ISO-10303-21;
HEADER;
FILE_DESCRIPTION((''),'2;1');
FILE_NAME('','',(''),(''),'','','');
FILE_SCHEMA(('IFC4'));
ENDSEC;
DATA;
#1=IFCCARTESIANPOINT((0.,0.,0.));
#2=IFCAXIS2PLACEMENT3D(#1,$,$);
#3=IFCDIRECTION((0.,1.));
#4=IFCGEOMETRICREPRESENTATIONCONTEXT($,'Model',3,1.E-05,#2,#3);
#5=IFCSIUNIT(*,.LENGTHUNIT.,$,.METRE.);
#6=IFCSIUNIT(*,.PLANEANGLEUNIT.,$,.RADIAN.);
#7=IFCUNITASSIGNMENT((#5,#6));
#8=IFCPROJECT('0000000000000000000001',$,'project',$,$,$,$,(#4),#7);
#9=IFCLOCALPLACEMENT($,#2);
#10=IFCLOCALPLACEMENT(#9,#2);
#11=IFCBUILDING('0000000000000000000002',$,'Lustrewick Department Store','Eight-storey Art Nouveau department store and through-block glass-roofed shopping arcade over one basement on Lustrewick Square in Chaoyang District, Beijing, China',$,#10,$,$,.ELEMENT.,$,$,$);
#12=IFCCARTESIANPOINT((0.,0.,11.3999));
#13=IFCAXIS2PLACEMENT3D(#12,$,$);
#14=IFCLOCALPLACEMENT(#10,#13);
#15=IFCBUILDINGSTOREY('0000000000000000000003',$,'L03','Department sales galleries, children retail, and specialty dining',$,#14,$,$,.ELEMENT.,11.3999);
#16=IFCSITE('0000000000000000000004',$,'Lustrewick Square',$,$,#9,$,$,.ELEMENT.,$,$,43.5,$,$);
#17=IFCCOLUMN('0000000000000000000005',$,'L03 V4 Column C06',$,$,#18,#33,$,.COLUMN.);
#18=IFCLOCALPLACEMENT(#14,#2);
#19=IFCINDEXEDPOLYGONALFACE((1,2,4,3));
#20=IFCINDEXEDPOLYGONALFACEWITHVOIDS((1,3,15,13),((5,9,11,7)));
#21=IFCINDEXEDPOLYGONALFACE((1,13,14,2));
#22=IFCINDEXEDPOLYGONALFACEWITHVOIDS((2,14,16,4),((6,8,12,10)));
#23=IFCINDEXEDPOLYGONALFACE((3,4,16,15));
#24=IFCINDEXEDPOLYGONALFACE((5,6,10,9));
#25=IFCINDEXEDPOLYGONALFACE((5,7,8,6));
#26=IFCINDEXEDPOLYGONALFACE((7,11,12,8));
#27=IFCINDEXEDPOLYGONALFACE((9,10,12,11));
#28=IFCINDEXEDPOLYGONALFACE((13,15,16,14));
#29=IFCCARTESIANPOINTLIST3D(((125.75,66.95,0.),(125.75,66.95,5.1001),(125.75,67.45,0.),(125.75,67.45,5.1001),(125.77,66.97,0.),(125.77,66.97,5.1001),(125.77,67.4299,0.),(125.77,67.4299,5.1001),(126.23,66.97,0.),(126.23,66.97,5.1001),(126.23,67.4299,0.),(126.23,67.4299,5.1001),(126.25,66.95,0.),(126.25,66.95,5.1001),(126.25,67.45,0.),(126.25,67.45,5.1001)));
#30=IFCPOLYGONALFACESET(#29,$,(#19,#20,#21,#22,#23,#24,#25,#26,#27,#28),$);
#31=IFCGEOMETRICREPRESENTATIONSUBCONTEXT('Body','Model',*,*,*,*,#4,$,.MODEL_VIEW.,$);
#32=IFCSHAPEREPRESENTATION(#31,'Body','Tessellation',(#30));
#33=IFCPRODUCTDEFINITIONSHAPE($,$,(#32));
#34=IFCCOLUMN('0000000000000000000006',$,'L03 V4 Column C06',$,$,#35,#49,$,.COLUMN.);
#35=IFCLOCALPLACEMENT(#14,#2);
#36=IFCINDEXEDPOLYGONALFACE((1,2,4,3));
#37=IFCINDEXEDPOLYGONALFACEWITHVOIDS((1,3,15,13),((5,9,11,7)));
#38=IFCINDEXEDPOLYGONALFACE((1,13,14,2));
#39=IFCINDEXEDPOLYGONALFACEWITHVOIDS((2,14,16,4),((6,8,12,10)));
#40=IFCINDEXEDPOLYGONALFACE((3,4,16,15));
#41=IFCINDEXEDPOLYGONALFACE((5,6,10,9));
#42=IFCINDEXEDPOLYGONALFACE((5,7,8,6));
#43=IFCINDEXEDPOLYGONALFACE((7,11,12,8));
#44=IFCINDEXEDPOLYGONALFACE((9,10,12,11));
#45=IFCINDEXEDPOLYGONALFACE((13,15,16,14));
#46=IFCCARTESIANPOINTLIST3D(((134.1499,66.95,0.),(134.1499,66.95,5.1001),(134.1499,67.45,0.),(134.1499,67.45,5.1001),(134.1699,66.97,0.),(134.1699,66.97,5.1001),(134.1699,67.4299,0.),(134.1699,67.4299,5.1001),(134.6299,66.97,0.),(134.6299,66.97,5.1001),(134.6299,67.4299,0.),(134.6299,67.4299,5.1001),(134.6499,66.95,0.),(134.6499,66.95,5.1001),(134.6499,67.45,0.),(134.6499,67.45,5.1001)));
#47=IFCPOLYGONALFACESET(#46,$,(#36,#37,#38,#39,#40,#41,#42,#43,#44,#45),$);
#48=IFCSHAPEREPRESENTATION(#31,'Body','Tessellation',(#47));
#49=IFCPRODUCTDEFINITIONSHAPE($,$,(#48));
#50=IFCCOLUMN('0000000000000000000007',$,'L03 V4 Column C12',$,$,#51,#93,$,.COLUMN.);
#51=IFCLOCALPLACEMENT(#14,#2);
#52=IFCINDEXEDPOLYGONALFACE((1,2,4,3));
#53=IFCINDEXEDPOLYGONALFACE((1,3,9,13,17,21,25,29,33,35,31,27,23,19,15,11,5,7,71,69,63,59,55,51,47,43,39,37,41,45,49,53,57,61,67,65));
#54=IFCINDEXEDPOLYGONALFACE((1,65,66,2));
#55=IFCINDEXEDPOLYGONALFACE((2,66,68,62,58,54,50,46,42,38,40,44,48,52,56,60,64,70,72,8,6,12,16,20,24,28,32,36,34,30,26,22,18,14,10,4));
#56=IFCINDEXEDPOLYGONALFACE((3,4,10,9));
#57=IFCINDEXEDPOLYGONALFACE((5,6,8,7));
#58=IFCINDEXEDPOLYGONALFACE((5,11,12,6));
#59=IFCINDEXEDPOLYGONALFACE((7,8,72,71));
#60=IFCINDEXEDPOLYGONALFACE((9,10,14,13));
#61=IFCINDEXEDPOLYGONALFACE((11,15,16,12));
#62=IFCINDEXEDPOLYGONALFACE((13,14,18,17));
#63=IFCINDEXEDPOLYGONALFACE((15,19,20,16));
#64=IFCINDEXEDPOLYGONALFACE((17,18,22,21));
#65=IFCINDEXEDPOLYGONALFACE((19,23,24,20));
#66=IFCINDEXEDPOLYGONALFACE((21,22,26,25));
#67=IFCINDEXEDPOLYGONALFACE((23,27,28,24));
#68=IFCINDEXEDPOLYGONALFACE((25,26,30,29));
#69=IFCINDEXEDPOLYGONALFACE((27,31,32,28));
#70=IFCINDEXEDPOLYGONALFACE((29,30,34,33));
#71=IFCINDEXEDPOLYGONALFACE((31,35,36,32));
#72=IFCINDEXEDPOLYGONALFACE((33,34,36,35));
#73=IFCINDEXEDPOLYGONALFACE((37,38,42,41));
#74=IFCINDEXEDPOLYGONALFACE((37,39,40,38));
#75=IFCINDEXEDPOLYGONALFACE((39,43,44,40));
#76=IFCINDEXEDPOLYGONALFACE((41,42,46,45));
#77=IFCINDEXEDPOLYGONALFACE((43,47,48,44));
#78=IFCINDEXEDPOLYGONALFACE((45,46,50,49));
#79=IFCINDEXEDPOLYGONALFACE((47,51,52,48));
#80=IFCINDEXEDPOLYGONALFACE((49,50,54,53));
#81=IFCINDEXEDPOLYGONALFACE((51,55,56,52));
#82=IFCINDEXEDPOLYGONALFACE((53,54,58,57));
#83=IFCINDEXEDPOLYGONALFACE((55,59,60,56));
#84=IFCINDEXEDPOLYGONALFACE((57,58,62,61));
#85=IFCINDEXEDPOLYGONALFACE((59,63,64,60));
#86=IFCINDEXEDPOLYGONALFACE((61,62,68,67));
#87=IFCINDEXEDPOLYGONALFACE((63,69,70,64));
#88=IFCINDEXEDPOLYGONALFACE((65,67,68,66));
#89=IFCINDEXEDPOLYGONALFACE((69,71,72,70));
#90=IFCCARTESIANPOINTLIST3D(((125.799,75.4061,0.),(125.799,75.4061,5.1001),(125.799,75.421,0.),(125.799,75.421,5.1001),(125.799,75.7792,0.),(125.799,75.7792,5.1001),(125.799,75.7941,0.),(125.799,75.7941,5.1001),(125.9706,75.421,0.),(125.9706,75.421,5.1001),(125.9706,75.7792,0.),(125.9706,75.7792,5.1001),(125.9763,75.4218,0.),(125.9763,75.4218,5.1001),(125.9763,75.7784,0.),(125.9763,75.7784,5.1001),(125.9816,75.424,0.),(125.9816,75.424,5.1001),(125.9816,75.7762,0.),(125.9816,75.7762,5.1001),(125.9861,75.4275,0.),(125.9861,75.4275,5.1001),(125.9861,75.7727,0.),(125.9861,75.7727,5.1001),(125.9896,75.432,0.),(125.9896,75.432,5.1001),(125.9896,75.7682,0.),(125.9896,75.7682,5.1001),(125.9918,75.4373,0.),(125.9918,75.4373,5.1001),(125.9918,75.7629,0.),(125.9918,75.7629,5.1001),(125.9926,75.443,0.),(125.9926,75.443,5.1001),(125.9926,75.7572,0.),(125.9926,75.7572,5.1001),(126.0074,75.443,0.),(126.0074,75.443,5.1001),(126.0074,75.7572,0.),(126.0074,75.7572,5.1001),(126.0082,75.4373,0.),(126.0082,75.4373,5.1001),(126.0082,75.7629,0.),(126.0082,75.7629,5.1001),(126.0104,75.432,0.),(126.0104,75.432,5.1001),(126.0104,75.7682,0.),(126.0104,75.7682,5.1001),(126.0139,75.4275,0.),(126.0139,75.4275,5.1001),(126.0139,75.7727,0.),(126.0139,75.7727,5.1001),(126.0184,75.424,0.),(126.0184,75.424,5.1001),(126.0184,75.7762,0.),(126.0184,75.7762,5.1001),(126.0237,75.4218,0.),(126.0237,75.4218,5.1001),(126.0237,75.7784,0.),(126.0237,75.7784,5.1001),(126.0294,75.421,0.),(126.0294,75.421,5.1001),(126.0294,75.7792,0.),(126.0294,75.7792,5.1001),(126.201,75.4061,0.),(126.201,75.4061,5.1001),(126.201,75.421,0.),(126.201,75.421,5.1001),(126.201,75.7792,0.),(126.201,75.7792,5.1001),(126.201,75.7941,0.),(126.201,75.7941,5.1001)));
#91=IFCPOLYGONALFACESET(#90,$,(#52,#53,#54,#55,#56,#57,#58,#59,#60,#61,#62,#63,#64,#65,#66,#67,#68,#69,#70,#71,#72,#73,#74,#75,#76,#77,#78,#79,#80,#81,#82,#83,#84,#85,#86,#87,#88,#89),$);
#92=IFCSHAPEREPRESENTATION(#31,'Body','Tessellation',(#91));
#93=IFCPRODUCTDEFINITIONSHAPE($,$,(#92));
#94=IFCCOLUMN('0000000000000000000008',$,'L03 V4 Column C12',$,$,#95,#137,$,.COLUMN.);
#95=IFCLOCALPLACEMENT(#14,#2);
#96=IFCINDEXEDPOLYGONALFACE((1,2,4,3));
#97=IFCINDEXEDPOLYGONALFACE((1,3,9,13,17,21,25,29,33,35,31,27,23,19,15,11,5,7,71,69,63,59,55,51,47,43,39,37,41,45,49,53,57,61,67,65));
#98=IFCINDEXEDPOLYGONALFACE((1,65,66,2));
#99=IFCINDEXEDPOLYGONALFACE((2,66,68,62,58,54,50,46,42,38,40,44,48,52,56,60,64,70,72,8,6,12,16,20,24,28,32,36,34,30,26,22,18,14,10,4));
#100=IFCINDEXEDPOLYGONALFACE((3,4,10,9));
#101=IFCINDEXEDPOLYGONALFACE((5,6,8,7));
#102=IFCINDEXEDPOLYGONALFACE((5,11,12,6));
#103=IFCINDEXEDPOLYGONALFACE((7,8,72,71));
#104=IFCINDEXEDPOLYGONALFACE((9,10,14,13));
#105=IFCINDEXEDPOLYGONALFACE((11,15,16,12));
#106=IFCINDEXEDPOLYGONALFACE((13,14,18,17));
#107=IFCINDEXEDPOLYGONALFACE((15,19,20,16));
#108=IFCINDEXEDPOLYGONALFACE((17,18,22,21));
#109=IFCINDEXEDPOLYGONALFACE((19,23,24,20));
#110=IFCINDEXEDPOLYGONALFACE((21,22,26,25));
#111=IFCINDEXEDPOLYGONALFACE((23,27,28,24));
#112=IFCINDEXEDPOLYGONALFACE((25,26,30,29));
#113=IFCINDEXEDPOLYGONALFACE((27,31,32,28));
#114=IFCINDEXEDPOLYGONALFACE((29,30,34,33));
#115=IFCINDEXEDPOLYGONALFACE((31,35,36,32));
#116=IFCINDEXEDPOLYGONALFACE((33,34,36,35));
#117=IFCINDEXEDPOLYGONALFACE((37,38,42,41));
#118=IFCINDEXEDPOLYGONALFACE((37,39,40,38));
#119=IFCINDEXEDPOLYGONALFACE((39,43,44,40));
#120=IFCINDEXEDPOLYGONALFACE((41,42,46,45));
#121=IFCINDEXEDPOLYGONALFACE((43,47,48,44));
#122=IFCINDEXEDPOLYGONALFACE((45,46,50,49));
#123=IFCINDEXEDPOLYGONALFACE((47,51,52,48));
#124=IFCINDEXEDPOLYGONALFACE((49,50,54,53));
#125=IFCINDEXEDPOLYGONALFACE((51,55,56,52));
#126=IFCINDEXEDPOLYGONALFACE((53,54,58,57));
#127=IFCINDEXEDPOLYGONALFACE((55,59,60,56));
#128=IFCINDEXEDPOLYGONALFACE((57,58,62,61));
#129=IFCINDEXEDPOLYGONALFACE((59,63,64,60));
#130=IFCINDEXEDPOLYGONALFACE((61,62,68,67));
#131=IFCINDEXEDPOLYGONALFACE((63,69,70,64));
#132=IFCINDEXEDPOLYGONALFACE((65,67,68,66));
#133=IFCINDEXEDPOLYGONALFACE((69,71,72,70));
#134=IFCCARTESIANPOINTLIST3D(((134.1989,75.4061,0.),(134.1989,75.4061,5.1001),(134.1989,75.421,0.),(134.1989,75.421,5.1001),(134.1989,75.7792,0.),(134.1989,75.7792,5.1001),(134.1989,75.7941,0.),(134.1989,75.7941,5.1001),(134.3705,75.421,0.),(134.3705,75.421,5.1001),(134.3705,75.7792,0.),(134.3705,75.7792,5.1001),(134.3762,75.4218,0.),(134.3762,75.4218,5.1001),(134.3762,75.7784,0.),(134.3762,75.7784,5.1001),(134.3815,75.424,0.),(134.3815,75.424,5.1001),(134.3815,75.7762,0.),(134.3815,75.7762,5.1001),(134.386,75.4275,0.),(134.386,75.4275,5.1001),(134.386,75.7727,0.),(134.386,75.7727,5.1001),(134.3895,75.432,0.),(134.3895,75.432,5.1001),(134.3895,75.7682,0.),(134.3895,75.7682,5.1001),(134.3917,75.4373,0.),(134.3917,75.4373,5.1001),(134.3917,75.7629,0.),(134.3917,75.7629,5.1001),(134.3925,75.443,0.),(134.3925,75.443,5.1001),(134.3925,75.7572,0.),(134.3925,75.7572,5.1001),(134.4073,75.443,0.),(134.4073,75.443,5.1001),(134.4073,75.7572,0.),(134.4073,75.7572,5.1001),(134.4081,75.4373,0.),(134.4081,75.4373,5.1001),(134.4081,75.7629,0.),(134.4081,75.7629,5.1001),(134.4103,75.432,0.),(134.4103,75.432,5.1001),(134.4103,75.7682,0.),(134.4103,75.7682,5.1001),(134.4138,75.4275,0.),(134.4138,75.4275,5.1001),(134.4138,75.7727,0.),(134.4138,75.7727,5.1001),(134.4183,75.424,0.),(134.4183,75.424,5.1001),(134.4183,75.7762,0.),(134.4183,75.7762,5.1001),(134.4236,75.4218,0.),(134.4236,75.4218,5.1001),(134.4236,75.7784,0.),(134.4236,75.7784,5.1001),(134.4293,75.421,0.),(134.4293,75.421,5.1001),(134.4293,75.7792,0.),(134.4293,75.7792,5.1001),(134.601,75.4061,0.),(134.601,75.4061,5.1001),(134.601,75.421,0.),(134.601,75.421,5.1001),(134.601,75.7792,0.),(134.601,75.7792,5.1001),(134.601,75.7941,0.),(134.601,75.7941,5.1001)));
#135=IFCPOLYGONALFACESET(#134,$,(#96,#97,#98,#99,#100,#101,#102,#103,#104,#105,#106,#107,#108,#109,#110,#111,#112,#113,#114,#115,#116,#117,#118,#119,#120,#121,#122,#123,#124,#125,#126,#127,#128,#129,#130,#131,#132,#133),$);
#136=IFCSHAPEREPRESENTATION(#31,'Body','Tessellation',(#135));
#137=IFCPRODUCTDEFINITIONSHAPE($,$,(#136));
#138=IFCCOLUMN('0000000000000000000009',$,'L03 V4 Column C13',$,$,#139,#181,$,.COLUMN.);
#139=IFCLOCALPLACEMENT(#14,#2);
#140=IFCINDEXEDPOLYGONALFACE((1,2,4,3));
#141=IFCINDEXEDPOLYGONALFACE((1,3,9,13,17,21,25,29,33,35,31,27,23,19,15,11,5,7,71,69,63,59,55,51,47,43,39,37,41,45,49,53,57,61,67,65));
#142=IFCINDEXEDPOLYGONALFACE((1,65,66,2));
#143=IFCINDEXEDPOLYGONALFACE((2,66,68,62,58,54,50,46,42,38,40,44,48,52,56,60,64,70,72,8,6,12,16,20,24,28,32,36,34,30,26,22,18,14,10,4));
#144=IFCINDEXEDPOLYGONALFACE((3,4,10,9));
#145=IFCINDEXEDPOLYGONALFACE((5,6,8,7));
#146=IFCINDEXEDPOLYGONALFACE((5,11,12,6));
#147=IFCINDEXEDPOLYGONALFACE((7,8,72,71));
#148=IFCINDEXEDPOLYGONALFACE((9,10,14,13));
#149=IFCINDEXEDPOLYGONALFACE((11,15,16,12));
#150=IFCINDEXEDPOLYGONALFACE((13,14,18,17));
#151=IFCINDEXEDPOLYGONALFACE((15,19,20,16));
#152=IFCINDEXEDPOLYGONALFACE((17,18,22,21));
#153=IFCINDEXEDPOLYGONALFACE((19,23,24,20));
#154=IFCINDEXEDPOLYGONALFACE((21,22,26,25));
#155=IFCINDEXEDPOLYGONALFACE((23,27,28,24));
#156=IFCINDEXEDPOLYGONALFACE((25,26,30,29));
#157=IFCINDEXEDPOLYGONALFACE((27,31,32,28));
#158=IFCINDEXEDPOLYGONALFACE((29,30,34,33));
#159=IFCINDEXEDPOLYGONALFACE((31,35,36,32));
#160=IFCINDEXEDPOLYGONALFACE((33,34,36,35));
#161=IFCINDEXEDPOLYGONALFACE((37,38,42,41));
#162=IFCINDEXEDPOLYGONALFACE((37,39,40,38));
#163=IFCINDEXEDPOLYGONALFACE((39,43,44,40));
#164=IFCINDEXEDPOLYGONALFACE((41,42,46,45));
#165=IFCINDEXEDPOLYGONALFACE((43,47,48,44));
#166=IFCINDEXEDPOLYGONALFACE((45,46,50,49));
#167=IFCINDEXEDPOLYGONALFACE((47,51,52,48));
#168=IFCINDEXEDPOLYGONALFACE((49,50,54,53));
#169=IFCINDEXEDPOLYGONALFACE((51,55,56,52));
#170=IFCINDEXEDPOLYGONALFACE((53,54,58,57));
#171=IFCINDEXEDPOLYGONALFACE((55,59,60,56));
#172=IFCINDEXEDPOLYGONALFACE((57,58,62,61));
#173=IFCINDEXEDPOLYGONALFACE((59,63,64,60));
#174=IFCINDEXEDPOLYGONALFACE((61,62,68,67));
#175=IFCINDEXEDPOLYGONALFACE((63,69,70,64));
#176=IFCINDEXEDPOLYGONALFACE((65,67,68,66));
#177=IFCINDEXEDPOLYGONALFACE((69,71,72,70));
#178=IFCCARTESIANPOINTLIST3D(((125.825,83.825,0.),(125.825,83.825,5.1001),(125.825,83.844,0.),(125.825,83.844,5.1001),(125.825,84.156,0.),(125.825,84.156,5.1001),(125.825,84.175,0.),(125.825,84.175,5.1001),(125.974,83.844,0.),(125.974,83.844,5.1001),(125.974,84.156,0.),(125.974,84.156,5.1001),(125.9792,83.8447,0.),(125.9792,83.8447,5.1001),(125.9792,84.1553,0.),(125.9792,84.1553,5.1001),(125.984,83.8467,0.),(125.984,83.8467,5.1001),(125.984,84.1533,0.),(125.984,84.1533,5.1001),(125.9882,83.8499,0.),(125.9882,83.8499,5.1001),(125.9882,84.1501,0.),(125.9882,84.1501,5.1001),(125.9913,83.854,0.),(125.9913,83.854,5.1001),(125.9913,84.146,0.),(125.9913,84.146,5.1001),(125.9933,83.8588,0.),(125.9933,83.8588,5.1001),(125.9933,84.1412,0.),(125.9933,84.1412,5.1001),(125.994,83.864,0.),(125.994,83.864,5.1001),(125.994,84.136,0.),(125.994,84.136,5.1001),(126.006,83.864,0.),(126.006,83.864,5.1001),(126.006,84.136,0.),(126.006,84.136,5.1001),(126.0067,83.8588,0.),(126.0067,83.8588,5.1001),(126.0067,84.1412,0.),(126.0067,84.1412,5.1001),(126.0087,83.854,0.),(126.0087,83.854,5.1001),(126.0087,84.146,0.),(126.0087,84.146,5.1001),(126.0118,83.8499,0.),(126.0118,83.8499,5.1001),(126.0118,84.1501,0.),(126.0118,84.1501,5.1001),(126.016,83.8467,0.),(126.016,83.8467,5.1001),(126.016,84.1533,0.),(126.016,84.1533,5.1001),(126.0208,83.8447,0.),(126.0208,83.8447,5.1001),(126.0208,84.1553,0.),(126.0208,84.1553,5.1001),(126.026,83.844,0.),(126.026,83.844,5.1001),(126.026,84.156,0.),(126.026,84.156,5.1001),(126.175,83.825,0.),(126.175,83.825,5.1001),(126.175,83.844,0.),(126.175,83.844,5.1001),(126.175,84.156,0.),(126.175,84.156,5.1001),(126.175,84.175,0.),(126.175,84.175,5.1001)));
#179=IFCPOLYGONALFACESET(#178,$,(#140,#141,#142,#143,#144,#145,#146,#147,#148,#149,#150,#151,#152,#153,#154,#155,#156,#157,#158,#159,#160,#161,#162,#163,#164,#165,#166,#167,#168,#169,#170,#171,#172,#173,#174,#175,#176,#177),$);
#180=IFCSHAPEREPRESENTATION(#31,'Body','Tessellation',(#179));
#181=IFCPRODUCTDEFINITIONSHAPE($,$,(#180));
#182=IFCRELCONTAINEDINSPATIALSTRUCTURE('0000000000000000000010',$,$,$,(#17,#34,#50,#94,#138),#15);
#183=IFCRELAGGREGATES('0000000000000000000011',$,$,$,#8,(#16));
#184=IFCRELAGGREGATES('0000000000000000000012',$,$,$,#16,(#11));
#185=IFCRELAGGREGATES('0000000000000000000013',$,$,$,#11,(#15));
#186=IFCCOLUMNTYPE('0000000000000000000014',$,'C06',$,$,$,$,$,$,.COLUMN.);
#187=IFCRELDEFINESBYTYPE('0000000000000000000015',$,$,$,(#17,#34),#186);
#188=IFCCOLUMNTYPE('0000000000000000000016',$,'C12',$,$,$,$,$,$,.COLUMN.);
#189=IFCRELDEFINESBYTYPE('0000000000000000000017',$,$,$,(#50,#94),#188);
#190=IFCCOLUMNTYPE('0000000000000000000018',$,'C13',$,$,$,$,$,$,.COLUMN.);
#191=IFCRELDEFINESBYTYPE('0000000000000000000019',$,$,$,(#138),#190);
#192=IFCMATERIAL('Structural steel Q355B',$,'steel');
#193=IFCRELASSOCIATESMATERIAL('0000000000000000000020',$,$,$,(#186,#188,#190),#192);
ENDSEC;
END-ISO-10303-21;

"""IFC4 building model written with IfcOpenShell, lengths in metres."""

from ifc_helpers import new_model, si_unit, direction, frame, origin, origin_2d, place, context, subcontext, project, spatial, hollow_rectangle, i_section, extrude, material, material_profile, profile_set, type_object, element, save


model = new_model("IFC4")

# Units and contexts
model_context = context("Model", 3, precision=1e-05, world=origin(), true_north=direction((0.0, 1.0)))
body_context = subcontext(model_context, "Body", "Model", "MODEL_VIEW")
ifc_project = project(units=[si_unit("LENGTHUNIT", "METRE"), si_unit("PLANEANGLEUNIT", "RADIAN")], contexts=[model_context])

# Site, building, storey
site_placement = place(None, origin())
site = spatial("IfcSite", under=ifc_project, at=site_placement, Name="Lustrewick Square", CompositionType="ELEMENT", RefElevation=43.5)
building_placement = place(site_placement, origin())
building = spatial("IfcBuilding", under=site, at=building_placement, Name="Lustrewick Department Store", Description="Eight-storey Art Nouveau department store and through-block glass-roofed shopping arcade over one basement on Lustrewick Square in Chaoyang District, Beijing, China", CompositionType="ELEMENT")
storey_placement = place(building_placement, frame((0.0, 0.0, 11.3999)))
storey = spatial("IfcBuildingStorey", under=building, at=storey_placement, Name="L03", Description="Department sales galleries, children retail, and specialty dining", CompositionType="ELEMENT", Elevation=11.3999)

# Columns
ifc_material_1 = material(Name="Structural steel Q355B", Category="steel")
ifc_material_profile_1 = material_profile(ifc_material_1, hollow_rectangle(XDim=0.5, YDim=0.5, WallThickness=0.02, at=origin_2d()), Name="BOX 500x500x20")
ifc_profile_set_1 = profile_set([ifc_material_profile_1], Name="Structural steel Q355B")
column_type_1 = type_object("IfcColumnType", Name="C06", PredefinedType="COLUMN", material=ifc_profile_set_1)
for number, where, z_axis, x_axis, name in (
    (1, (126.0, 67.2, 0.0), (0.0, 0.0, 1.0), (1.0, 0.0, 0.0), "L03 V4 Column C06"),
    (2, (134.3999, 67.2, 0.0), (0.0, 0.0, 1.0), (1.0, 0.0, 0.0), "L03 V4 Column C06"),
):
    element("IfcColumn", number, at=place(storey_placement, frame(where, z_axis=z_axis, x_axis=x_axis)), inside=storey, type_object=column_type_1, Name=name, PredefinedType="COLUMN", context=body_context, shape_type="SweptSolid", body=[
        extrude(hollow_rectangle(XDim=0.5, YDim=0.5, WallThickness=0.02, at=origin_2d()), origin(), (0.0, 0.0, 1.0), 5.1001),
    ])
ifc_material_profile_2 = material_profile(ifc_material_1, i_section(OverallWidth=0.4021, OverallDepth=0.3879, WebThickness=0.0149, FlangeThickness=0.0149, FilletRadius=0.022, at=origin_2d()), Name="HW 388x402x15x15")
ifc_profile_set_2 = profile_set([ifc_material_profile_2], Name="Structural steel Q355B")
column_type_2 = type_object("IfcColumnType", Name="C12", PredefinedType="COLUMN", material=ifc_profile_set_2)
for number, where, z_axis, x_axis, name in (
    (3, (126.0, 75.6001, 0.0), (0.0, 0.0, 1.0), (1.0, 0.0, 0.0), "L03 V4 Column C12"),
    (4, (134.3999, 75.6001, 0.0), (0.0, 0.0, 1.0), (1.0, 0.0, 0.0), "L03 V4 Column C12"),
):
    element("IfcColumn", number, at=place(storey_placement, frame(where, z_axis=z_axis, x_axis=x_axis)), inside=storey, type_object=column_type_2, Name=name, PredefinedType="COLUMN", context=body_context, shape_type="SweptSolid", body=[
        extrude(i_section(OverallWidth=0.4021, OverallDepth=0.3879, WebThickness=0.0149, FlangeThickness=0.0149, FilletRadius=0.022, at=origin_2d()), origin(), (0.0, 0.0, 1.0), 5.1001),
    ])
ifc_material_profile_3 = material_profile(ifc_material_1, i_section(OverallWidth=0.3501, OverallDepth=0.3501, WebThickness=0.012, FlangeThickness=0.019, FilletRadius=0.02, at=origin_2d()), Name="HW 350x350x12x19")
ifc_profile_set_3 = profile_set([ifc_material_profile_3], Name="Structural steel Q355B")
column_type_3 = type_object("IfcColumnType", Name="C13", PredefinedType="COLUMN", material=ifc_profile_set_3)
for number, where, z_axis, x_axis, name in (
    (5, (126.0, 84.0, 0.0), (0.0, 0.0, 1.0), (1.0, 0.0, 0.0), "L03 V4 Column C13"),
):
    element("IfcColumn", number, at=place(storey_placement, frame(where, z_axis=z_axis, x_axis=x_axis)), inside=storey, type_object=column_type_3, Name=name, PredefinedType="COLUMN", context=body_context, shape_type="SweptSolid", body=[
        extrude(i_section(OverallWidth=0.3501, OverallDepth=0.3501, WebThickness=0.012, FlangeThickness=0.019, FilletRadius=0.02, at=origin_2d()), origin(), (0.0, 0.0, 1.0), 5.1001),
    ])

save(model, "model.ifc")
